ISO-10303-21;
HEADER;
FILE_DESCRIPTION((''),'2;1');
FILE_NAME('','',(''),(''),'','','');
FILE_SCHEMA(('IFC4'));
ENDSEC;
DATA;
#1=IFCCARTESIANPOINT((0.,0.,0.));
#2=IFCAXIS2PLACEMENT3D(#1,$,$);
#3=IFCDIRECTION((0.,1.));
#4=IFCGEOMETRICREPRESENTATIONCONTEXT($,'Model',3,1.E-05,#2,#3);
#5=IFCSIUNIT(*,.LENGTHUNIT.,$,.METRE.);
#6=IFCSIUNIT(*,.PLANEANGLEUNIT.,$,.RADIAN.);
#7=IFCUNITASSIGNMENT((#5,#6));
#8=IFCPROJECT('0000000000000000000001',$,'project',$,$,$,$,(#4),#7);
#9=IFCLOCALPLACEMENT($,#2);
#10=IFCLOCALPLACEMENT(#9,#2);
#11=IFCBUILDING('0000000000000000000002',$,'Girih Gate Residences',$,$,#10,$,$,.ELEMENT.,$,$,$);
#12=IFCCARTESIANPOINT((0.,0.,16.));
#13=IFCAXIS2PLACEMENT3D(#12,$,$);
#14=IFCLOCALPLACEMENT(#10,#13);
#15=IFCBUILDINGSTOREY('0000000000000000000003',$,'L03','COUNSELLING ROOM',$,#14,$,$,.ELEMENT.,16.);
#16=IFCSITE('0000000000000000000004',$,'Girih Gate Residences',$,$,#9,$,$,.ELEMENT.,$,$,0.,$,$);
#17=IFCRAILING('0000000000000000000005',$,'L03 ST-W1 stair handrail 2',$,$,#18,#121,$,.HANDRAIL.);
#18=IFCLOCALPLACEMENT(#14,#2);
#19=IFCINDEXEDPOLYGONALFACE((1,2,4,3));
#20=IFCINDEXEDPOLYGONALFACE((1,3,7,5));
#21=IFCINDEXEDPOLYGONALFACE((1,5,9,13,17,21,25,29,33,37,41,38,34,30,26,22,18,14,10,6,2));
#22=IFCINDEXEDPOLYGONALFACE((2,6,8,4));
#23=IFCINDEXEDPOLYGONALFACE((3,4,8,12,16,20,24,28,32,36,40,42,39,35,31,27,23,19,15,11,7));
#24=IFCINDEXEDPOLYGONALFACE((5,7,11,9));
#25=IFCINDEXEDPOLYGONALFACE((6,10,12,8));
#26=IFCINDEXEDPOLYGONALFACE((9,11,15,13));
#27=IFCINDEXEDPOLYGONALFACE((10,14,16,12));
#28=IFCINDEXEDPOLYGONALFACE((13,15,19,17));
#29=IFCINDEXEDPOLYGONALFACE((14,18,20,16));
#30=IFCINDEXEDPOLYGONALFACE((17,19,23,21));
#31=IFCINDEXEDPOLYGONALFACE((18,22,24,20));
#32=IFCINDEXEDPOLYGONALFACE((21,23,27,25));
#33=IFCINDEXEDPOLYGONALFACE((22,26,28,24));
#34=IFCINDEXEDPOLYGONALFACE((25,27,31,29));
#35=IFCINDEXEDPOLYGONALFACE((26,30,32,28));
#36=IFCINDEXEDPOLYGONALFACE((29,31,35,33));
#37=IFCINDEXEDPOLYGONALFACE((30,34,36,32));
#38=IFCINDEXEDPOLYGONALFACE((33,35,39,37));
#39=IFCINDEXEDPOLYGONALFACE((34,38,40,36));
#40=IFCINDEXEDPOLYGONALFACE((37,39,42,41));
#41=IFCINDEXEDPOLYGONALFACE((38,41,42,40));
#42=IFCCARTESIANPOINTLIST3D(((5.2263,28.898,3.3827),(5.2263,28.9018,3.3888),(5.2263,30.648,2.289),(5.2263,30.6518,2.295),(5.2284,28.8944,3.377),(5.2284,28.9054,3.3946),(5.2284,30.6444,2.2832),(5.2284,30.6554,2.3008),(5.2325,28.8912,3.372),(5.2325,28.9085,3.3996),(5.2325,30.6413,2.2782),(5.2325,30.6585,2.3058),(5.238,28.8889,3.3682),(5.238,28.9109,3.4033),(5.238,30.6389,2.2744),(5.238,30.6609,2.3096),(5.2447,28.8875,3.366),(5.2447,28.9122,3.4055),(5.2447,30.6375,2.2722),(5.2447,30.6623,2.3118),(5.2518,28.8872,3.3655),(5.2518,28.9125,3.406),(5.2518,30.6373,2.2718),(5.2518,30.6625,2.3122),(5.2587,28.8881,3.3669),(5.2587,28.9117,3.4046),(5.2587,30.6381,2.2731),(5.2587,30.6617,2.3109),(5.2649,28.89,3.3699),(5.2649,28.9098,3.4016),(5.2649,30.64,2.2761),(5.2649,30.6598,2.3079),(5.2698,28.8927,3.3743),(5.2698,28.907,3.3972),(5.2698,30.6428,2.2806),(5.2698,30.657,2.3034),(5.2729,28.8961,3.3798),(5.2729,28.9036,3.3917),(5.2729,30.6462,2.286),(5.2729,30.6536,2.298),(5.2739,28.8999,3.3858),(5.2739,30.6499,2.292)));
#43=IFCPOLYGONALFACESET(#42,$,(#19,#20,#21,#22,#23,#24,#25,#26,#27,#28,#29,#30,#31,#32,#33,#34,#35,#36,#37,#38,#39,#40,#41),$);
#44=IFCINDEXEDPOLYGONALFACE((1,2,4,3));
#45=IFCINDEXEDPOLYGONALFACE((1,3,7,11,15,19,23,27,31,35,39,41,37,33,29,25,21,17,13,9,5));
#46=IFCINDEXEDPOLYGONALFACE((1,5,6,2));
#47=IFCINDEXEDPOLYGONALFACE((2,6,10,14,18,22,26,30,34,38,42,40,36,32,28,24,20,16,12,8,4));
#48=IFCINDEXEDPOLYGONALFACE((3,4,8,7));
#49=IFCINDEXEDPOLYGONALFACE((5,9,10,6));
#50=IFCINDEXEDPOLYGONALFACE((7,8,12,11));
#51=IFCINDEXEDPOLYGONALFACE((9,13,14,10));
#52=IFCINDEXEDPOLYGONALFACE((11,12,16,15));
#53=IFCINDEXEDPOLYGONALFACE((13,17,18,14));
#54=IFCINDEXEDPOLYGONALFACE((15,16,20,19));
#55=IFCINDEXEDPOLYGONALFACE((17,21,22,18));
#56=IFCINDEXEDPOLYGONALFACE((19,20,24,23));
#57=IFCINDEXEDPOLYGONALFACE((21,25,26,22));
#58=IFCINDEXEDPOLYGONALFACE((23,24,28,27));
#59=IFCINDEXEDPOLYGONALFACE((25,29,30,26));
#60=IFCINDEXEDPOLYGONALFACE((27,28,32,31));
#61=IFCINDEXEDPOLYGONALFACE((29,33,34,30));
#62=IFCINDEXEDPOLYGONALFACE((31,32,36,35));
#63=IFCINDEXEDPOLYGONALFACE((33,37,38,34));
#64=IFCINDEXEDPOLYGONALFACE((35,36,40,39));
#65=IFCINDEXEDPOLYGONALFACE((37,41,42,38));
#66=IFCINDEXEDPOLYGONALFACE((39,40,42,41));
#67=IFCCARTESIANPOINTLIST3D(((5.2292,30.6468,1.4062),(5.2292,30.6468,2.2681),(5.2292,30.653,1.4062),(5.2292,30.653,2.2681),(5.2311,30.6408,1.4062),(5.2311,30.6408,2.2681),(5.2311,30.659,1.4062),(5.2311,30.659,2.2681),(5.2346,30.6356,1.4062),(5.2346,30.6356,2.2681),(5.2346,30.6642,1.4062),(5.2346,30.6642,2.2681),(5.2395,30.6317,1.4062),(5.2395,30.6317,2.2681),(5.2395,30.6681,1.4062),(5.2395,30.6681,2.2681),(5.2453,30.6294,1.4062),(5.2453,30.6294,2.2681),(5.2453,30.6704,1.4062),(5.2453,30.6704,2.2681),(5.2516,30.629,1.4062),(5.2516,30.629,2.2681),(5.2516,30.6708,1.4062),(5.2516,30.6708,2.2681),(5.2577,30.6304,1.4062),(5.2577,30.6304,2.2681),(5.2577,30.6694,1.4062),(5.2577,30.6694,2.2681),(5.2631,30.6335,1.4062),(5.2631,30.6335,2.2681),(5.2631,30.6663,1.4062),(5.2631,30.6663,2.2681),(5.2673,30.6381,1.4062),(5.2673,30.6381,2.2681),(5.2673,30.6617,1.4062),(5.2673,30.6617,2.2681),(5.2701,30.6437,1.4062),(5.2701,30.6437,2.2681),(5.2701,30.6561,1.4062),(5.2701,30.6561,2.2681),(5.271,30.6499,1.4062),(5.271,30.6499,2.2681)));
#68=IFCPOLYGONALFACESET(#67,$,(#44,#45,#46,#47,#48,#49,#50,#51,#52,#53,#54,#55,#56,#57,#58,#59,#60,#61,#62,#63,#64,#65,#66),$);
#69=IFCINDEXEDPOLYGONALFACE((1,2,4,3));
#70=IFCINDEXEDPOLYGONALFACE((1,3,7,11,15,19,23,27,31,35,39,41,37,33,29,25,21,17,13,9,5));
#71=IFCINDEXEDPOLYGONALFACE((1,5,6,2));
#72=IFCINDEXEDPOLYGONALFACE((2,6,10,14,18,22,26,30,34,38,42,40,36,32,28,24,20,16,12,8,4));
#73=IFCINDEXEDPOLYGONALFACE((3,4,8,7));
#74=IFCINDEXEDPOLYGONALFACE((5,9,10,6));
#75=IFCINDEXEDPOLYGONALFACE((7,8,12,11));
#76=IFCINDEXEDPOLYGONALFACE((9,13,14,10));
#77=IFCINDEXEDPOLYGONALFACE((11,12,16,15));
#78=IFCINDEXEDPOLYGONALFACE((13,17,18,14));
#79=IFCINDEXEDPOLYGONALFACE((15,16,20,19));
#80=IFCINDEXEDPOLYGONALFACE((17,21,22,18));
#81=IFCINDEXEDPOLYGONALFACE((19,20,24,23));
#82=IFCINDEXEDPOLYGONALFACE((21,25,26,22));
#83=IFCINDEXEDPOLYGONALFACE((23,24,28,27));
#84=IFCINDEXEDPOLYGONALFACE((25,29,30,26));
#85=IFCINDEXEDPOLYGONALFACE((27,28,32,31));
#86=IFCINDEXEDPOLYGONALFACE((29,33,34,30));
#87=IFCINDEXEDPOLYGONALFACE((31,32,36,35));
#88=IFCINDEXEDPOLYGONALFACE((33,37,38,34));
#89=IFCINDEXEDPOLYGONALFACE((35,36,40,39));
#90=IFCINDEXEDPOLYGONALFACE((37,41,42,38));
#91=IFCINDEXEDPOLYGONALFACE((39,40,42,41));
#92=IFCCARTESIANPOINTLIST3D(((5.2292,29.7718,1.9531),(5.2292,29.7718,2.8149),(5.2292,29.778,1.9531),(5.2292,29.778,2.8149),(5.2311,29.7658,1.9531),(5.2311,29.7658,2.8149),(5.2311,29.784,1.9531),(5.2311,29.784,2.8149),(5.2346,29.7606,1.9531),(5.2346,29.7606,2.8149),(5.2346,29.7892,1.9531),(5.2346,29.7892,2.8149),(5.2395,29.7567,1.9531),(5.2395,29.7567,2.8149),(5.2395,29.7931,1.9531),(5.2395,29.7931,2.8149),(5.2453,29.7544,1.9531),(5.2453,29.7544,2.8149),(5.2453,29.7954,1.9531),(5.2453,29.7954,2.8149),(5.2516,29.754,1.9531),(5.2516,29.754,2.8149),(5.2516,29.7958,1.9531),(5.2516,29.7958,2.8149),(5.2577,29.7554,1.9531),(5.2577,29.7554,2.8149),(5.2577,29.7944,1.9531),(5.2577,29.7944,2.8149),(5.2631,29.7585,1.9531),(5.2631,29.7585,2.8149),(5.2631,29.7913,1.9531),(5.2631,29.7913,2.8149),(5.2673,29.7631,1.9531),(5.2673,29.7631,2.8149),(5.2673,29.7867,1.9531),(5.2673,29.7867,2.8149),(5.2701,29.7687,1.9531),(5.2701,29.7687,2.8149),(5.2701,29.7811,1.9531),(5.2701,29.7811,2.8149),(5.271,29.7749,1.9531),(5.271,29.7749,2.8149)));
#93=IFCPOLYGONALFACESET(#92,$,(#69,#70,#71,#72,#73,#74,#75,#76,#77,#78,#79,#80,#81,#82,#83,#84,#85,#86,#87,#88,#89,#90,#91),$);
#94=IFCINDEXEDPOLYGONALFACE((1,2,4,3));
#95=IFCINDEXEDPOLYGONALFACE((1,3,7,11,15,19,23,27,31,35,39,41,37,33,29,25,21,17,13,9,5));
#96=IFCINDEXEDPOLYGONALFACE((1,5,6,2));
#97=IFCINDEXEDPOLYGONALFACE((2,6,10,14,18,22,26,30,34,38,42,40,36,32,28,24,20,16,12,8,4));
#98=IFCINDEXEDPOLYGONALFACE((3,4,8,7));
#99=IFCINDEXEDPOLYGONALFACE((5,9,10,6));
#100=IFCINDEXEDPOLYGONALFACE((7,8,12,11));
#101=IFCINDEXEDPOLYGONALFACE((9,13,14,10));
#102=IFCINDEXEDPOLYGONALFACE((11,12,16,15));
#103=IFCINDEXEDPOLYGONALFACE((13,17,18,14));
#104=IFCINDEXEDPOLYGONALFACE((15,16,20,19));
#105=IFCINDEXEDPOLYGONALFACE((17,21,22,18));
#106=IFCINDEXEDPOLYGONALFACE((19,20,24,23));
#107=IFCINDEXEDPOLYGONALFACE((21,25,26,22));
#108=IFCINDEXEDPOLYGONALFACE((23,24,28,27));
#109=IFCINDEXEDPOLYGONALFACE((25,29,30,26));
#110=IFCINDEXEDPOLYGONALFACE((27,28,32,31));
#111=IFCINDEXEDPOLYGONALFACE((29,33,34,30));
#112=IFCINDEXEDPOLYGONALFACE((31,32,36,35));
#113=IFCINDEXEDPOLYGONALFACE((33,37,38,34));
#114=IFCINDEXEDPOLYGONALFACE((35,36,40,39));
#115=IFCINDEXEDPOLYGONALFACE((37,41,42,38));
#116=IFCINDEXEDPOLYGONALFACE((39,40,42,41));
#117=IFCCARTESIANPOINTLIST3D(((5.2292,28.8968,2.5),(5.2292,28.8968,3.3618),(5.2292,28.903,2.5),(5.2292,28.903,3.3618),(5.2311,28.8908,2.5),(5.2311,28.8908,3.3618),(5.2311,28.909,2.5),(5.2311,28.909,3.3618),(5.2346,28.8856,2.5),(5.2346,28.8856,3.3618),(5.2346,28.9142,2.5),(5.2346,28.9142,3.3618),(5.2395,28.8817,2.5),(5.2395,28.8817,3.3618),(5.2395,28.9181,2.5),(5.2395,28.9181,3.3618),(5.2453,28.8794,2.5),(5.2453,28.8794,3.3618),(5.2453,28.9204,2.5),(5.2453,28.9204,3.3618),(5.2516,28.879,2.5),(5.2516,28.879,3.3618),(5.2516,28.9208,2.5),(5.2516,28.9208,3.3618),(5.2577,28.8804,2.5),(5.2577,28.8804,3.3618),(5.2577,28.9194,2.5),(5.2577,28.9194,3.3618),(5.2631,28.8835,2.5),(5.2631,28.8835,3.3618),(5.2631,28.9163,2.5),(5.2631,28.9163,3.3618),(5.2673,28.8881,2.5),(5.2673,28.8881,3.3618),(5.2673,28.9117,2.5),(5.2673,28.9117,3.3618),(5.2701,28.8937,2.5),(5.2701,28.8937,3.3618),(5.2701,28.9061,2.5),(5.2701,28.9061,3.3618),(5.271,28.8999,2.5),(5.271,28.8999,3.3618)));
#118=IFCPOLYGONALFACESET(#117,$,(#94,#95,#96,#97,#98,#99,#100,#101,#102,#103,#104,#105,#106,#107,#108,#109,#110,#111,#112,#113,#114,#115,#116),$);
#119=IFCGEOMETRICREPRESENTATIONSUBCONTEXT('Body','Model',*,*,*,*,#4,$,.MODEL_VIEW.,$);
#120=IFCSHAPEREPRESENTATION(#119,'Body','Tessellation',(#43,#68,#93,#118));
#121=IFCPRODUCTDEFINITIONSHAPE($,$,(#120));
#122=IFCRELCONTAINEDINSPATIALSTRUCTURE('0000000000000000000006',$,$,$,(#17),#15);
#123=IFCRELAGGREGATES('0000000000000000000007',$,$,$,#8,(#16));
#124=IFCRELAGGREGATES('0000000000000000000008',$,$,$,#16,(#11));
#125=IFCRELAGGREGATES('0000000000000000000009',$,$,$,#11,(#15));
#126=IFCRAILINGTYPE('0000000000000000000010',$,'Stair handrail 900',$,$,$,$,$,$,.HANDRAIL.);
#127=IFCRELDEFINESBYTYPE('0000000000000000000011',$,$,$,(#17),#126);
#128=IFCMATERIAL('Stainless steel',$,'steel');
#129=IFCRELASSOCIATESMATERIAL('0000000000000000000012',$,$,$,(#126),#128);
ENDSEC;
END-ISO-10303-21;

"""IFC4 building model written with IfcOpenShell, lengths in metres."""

from ifc_helpers import new_model, si_unit, direction, frame, origin, origin_2d, place, context, subcontext, project, spatial, circle, extrude, material, type_object, element, save


model = new_model("IFC4")

# Units and contexts
model_context = context("Model", 3, precision=1e-05, world=origin(), true_north=direction((0.0, 1.0)))
body_context = subcontext(model_context, "Body", "Model", "MODEL_VIEW")
ifc_project = project(units=[si_unit("LENGTHUNIT", "METRE"), si_unit("PLANEANGLEUNIT", "RADIAN")], contexts=[model_context])

# Site, building, storey
site_placement = place(None, origin())
site = spatial("IfcSite", under=ifc_project, at=site_placement, Name="Girih Gate Residences", CompositionType="ELEMENT", RefElevation=0.0)
building_placement = place(site_placement, origin())
building = spatial("IfcBuilding", under=site, at=building_placement, Name="Girih Gate Residences", CompositionType="ELEMENT")
storey_placement = place(building_placement, frame((0.0, 0.0, 16.0)))
storey = spatial("IfcBuildingStorey", under=building, at=storey_placement, Name="L03", Description="COUNSELLING ROOM", CompositionType="ELEMENT", Elevation=16.0)

# Railing
ifc_material_1 = material(Name="Stainless steel", Category="steel")
railing_type_1 = type_object("IfcRailingType", Name="Stair handrail 900", PredefinedType="HANDRAIL", material=ifc_material_1)
railing_1_placement = place(storey_placement, frame((5.25, 30.6499, 1.4062)))
element("IfcRailing", 1, at=railing_1_placement, inside=storey, type_object=railing_type_1, Name="L03 ST-W1 stair handrail 2", PredefinedType="HANDRAIL", context=body_context, shape_type="SweptSolid", body=[
    extrude(circle(Radius=0.0239, at=origin_2d()), frame((0.0, 0.0, 0.8857), z_axis=(0.0, -0.847998, 0.529999), x_axis=(1.0, 0.0, 0.0)), (0.0, 0.0, 1.0), 2.0637),
    extrude(circle(Radius=0.021, at=origin_2d()), origin(), (0.0, 0.0, 1.0), 0.8618),
    extrude(circle(Radius=0.021, at=origin_2d()), frame((0.0, -0.875, 0.5469)), (0.0, 0.0, 1.0), 0.8618),
    extrude(circle(Radius=0.021, at=origin_2d()), frame((0.0, -1.75, 1.0938)), (0.0, 0.0, 1.0), 0.8618),
])

save(model, "model.ifc")
